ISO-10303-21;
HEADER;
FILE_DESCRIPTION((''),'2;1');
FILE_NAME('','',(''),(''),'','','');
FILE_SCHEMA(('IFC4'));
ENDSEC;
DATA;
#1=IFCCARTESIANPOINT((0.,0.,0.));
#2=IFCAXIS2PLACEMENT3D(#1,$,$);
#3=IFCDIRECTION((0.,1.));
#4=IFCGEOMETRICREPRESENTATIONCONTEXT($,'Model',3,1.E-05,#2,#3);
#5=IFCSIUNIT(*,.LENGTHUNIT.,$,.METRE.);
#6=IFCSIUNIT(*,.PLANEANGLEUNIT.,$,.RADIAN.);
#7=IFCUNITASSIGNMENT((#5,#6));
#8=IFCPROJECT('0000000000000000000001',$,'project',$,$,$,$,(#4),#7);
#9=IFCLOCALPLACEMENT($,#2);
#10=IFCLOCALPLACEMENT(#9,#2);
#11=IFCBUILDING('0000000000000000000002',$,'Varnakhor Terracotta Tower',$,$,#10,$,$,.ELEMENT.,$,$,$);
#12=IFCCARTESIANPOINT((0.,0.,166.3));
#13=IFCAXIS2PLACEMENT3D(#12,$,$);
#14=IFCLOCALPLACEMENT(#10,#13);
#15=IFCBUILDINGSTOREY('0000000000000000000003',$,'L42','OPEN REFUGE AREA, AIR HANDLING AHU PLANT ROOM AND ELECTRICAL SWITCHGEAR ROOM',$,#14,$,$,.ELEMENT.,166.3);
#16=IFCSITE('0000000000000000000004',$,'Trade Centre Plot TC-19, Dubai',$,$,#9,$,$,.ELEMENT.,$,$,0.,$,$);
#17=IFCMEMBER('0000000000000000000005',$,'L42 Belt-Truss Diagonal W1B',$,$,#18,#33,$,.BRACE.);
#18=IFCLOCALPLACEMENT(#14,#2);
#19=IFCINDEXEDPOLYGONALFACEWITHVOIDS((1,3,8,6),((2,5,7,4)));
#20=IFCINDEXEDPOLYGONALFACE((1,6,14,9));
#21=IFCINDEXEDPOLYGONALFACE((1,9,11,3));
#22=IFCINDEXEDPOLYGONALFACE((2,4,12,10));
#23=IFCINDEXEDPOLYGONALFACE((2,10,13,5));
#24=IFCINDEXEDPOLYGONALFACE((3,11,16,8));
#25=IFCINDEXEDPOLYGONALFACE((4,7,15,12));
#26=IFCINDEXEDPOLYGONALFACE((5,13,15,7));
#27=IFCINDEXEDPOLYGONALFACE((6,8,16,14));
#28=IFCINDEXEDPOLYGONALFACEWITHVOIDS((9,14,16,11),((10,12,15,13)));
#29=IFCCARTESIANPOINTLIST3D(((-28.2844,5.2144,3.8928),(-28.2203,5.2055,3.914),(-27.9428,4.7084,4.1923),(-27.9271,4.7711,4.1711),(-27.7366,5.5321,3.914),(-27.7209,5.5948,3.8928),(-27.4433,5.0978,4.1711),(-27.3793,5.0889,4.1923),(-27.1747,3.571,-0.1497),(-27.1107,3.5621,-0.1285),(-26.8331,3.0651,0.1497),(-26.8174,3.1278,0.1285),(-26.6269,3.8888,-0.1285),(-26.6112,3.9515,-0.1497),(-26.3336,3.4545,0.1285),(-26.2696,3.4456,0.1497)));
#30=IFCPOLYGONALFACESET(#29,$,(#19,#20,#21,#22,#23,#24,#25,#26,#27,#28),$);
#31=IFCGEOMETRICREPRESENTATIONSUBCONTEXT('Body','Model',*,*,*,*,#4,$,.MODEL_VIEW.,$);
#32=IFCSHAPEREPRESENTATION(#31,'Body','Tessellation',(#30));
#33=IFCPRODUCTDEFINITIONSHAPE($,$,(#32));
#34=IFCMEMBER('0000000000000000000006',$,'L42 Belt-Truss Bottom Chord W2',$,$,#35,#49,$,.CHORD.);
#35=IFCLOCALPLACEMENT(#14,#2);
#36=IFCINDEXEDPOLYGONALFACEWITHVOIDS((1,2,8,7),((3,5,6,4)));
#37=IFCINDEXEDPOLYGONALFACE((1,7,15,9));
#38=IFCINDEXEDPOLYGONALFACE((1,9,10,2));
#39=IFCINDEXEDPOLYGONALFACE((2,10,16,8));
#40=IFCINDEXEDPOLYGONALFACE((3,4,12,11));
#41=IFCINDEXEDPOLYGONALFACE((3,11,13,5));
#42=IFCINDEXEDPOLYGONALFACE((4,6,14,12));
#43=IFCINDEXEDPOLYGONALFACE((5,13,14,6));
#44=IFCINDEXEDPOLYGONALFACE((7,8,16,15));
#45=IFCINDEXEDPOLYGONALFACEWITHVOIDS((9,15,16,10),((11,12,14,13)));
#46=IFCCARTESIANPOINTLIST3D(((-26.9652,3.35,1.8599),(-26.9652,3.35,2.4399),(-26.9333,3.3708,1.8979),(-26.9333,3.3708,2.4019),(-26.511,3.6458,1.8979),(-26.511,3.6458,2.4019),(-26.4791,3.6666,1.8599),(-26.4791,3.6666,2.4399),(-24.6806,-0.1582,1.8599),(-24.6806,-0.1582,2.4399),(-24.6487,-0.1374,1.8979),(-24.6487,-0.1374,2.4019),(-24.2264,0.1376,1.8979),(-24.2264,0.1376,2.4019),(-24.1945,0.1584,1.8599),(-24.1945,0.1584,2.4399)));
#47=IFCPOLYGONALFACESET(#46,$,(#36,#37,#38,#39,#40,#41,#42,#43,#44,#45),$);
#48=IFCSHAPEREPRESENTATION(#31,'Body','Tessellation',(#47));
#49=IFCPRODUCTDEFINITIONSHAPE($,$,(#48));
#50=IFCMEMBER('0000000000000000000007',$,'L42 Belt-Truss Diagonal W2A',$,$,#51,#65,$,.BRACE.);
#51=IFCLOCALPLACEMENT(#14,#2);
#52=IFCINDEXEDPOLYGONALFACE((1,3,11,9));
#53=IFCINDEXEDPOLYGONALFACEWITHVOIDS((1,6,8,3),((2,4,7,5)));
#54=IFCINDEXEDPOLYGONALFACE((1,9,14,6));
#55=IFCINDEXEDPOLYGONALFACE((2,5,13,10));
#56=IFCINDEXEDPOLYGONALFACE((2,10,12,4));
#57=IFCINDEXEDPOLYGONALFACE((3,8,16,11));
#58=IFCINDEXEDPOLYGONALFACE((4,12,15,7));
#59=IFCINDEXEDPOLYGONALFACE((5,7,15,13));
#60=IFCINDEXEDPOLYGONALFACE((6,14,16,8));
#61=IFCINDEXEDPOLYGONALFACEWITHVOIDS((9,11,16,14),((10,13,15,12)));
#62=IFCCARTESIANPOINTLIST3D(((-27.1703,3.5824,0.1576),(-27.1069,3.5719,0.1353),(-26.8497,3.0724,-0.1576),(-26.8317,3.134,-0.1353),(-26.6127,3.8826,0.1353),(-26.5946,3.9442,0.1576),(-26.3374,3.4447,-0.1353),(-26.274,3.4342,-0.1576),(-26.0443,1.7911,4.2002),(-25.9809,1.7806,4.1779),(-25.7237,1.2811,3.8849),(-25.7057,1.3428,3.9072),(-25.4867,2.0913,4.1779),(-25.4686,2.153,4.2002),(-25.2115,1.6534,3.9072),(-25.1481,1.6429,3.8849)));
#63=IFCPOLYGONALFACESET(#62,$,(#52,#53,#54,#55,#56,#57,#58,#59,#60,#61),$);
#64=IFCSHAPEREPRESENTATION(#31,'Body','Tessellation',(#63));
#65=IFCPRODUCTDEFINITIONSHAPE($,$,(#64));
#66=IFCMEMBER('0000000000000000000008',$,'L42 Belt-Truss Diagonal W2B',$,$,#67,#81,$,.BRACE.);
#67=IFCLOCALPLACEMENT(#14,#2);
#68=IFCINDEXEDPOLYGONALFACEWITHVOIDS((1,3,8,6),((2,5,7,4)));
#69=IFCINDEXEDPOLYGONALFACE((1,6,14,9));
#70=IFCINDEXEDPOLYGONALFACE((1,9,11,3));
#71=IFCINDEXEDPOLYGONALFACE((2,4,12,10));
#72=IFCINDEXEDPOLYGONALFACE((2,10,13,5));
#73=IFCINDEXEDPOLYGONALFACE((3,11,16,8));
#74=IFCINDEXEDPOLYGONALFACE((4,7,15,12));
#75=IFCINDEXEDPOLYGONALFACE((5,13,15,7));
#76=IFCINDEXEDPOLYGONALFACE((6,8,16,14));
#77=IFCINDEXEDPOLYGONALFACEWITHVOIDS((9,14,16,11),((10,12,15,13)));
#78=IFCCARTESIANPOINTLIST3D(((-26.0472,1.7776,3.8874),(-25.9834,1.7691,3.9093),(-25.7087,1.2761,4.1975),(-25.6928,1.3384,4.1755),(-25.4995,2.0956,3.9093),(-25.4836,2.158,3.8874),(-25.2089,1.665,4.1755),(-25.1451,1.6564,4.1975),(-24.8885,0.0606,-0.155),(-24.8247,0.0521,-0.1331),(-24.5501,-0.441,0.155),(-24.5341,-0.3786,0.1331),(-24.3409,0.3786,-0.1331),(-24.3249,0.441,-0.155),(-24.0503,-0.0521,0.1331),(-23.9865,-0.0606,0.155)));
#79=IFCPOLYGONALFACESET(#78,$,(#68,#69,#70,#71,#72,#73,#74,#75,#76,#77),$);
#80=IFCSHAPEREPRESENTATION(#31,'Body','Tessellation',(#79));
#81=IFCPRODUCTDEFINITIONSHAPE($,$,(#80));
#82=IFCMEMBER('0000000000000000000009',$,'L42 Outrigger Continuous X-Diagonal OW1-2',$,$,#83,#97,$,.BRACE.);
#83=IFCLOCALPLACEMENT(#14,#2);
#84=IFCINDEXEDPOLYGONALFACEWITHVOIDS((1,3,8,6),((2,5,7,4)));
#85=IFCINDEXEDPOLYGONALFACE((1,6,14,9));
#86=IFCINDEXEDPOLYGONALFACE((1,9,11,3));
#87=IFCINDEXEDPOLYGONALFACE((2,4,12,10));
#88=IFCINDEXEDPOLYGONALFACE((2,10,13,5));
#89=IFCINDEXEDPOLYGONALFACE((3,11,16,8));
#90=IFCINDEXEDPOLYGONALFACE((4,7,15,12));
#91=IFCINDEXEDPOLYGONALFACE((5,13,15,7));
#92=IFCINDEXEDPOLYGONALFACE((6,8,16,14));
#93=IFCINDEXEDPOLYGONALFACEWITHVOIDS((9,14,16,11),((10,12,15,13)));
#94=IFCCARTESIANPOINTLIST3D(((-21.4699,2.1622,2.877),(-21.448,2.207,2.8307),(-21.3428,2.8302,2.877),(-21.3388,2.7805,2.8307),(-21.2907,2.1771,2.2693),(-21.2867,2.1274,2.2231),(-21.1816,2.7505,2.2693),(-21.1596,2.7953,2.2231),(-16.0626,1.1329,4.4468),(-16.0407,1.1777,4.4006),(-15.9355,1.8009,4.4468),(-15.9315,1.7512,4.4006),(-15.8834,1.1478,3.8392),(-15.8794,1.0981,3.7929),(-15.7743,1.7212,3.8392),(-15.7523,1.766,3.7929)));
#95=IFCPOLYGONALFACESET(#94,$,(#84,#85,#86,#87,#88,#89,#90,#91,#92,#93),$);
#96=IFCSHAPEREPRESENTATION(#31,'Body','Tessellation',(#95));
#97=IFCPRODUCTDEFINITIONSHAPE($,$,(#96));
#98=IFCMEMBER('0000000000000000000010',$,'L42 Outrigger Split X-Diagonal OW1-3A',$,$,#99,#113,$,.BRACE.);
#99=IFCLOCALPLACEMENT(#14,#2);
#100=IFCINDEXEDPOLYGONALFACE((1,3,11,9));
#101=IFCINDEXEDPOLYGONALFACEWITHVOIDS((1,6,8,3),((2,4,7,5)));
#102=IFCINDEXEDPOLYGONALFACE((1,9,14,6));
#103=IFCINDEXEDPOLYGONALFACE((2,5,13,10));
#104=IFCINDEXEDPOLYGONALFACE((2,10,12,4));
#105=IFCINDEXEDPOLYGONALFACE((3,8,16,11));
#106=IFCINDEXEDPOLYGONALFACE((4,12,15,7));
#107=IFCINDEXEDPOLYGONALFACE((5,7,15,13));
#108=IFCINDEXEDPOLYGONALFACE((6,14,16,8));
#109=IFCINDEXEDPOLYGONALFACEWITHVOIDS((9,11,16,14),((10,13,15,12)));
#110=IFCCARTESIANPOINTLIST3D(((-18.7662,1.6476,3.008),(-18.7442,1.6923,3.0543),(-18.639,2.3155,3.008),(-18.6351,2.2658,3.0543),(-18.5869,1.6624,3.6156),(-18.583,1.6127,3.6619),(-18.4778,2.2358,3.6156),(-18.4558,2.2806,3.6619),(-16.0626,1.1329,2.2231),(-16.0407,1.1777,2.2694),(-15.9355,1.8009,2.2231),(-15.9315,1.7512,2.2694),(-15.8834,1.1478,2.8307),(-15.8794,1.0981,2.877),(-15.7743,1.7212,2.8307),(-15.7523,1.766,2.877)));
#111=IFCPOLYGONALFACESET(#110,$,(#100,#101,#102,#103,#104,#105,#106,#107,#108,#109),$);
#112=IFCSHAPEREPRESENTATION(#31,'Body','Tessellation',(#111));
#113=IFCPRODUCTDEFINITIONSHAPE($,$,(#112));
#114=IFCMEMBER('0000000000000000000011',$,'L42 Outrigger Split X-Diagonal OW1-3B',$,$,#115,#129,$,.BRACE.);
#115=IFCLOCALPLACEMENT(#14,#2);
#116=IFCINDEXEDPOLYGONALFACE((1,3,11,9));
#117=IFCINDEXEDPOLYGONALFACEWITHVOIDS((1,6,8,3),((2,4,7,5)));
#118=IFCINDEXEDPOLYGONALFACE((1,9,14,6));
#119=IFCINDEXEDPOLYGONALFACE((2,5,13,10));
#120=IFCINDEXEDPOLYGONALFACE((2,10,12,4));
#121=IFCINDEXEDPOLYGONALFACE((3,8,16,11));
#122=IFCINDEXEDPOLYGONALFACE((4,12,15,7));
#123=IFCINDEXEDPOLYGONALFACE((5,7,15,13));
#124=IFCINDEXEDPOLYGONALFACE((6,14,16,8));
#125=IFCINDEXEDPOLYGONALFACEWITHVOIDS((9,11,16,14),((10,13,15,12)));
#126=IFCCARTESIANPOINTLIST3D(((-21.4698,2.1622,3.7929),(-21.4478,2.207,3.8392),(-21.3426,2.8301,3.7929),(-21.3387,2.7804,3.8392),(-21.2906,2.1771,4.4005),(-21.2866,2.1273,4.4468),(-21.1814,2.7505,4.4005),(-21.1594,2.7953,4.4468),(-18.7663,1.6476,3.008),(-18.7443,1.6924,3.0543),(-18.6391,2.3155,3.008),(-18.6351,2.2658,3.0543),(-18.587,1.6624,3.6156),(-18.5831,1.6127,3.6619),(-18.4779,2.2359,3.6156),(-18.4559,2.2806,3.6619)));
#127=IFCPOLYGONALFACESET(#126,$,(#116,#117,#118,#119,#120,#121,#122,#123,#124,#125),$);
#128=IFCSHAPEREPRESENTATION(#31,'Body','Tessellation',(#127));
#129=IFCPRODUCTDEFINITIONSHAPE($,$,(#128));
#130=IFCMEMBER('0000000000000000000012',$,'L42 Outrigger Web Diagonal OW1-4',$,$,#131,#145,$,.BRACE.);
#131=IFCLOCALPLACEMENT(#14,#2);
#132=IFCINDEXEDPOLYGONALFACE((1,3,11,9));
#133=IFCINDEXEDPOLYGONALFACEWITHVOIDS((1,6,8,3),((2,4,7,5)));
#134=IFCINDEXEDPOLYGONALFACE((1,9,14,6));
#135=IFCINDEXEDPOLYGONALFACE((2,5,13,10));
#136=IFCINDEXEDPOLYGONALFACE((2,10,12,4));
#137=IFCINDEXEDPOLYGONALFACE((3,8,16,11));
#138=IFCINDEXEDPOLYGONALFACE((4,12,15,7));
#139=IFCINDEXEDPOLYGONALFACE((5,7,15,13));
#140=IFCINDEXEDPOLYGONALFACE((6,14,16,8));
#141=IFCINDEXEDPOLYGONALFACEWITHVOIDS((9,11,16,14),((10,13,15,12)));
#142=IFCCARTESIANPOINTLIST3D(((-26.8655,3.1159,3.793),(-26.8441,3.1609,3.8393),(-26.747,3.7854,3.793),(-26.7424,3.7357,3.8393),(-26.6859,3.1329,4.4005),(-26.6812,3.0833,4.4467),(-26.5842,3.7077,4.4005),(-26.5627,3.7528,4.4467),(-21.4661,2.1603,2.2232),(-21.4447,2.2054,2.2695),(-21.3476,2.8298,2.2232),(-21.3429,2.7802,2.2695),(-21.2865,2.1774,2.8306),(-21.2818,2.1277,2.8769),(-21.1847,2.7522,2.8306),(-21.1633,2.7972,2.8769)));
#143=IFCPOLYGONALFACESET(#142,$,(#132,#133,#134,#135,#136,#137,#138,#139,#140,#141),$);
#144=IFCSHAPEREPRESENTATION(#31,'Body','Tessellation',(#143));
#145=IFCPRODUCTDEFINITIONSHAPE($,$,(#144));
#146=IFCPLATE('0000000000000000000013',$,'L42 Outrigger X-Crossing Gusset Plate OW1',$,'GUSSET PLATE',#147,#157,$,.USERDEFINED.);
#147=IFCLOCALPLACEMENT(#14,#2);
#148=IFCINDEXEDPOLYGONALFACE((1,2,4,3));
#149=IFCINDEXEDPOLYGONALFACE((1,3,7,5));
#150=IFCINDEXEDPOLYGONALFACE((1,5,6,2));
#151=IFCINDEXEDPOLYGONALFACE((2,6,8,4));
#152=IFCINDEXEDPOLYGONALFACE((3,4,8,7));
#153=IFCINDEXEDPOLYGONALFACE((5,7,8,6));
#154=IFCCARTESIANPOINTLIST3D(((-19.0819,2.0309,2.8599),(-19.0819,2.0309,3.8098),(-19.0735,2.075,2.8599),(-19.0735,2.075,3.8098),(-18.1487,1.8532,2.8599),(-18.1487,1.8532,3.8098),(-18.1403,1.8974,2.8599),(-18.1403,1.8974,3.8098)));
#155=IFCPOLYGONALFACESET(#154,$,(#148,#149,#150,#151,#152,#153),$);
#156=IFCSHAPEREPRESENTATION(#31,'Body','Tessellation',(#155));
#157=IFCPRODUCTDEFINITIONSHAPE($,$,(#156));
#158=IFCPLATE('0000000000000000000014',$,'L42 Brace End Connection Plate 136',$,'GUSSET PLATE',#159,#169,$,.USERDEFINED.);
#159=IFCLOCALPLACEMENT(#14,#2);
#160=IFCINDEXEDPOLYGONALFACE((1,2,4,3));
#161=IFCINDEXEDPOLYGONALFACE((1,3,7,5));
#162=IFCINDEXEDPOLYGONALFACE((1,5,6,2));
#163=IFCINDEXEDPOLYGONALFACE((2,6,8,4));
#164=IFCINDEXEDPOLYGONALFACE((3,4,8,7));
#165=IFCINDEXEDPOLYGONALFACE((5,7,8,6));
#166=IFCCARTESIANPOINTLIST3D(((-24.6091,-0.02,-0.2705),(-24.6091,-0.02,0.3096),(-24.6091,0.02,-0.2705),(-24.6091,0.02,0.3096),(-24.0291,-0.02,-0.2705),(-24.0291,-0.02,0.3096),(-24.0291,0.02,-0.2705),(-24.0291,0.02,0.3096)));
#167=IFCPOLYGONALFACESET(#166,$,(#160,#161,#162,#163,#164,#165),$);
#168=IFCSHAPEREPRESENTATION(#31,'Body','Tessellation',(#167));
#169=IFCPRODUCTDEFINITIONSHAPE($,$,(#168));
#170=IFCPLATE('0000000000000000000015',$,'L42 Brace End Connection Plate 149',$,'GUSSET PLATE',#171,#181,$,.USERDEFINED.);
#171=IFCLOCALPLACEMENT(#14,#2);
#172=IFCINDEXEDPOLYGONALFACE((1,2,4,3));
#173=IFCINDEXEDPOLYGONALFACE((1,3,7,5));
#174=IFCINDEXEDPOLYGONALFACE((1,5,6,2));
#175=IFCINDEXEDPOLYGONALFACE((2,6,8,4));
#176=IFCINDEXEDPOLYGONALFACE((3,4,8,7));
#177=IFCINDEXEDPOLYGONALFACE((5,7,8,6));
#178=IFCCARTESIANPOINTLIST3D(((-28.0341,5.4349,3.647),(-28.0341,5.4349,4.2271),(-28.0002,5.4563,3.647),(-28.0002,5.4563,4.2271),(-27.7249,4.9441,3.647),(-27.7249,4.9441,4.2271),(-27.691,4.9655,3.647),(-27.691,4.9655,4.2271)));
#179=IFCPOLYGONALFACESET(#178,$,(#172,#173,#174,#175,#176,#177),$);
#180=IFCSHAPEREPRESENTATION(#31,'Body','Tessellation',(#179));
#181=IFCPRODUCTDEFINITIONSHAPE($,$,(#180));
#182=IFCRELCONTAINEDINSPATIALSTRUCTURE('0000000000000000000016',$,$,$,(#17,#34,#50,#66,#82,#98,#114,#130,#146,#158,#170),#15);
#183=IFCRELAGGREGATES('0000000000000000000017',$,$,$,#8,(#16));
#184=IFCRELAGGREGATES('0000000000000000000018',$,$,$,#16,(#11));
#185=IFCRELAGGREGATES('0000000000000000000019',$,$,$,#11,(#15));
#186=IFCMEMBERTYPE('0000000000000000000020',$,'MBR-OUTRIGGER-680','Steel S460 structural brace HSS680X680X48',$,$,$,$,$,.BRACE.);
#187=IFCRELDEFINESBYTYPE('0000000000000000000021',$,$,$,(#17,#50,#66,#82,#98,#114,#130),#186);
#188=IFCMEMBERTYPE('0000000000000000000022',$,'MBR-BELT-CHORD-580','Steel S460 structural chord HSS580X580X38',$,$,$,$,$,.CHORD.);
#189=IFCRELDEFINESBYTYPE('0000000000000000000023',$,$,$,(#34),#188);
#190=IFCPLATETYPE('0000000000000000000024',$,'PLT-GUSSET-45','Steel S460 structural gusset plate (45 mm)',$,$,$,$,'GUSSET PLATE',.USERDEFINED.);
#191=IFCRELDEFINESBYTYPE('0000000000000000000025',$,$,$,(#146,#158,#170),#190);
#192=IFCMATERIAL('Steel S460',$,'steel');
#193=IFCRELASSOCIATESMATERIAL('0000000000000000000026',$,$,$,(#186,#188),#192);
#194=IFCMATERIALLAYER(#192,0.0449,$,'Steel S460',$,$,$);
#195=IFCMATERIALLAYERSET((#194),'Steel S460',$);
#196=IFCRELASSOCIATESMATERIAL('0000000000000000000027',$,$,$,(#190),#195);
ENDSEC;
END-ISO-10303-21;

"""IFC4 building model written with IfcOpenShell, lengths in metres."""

from ifc_helpers import new_model, si_unit, direction, frame, origin, origin_2d, place, context, subcontext, project, spatial, rectangle, hollow_rectangle, extrude, source, transform, mapped, material, layer, layer_set, material_profile, profile_set, type_object, type_shapes, element, save


model = new_model("IFC4")

# Units and contexts
model_context = context("Model", 3, precision=1e-05, world=origin(), true_north=direction((0.0, 1.0)))
body_context = subcontext(model_context, "Body", "Model", "MODEL_VIEW")
ifc_project = project(units=[si_unit("LENGTHUNIT", "METRE"), si_unit("PLANEANGLEUNIT", "RADIAN")], contexts=[model_context])

# Site, building, storey
site_placement = place(None, origin())
site = spatial("IfcSite", under=ifc_project, at=site_placement, Name="Trade Centre Plot TC-19, Dubai", CompositionType="ELEMENT", RefElevation=0.0)
building_placement = place(site_placement, origin())
building = spatial("IfcBuilding", under=site, at=building_placement, Name="Varnakhor Terracotta Tower", CompositionType="ELEMENT")
storey_placement = place(building_placement, frame((0.0, 0.0, 166.3)))
storey = spatial("IfcBuildingStorey", under=building, at=storey_placement, Name="L42", Description="OPEN REFUGE AREA, AIR HANDLING AHU PLANT ROOM AND ELECTRICAL SWITCHGEAR ROOM", CompositionType="ELEMENT", Elevation=166.3)

# Shared definitions
ifc_material_1 = material(Name="Steel S460", Category="steel")

# Members
ifc_material_profile_1 = material_profile(ifc_material_1, hollow_rectangle(XDim=0.6799, YDim=0.6799, WallThickness=0.0481, at=origin_2d()), Name="HSS680X680X48")
ifc_profile_set_1 = profile_set([ifc_material_profile_1], Name="Steel S460")
member_type_1 = type_object("IfcMemberType", Name="MBR-OUTRIGGER-680", Description="Steel S460 structural brace HSS680X680X48", PredefinedType="BRACE", material=ifc_profile_set_1)
ifc_material_profile_2 = material_profile(ifc_material_1, hollow_rectangle(XDim=0.5801, YDim=0.5801, WallThickness=0.0381, at=origin_2d()), Name="HSS580X580X38")
ifc_profile_set_2 = profile_set([ifc_material_profile_2], Name="Steel S460")
member_type_2 = type_object("IfcMemberType", Name="MBR-BELT-CHORD-580", Description="Steel S460 structural chord HSS580X580X38", PredefinedType="CHORD", material=ifc_profile_set_2)
shared_shape_1 = source(origin(), body_context, "Body", "SweptSolid", [
    extrude(hollow_rectangle(XDim=0.6799, YDim=0.6799, WallThickness=0.0481, at=origin_2d()), origin(), (0.0, 0.0, 1.0), 4.5027),
])
member_1_placement = place(storey_placement, frame((-26.7222, 3.5083, 0.0), z_axis=(-0.24644, 0.36497, 0.897811), x_axis=(-0.828759, -0.559606, 0.0)))
element("IfcMember", 1, at=member_1_placement, inside=storey, type_object=member_type_1, Name="L42 Belt-Truss Diagonal W1B", PredefinedType="BRACE", context=body_context, shape_type="MappedRepresentation", body=[
    mapped(shared_shape_1, transform((0.0, 0.0, 0.0), scale=1.0)),
])
shared_shape_2 = source(origin(), body_context, "Body", "SweptSolid", [
    extrude(hollow_rectangle(XDim=0.5801, YDim=0.5801, WallThickness=0.0381, at=origin_2d()), origin(), (0.0, 0.0, 1.0), 4.1865),
])
member_2_placement = place(storey_placement, frame((-26.7222, 3.5083, 2.1499), z_axis=(0.545706, -0.837977, 0.0), x_axis=(0.837977, 0.545706, 0.0)))
element("IfcMember", 2, at=member_2_placement, inside=storey, type_object=member_type_2, Name="L42 Belt-Truss Bottom Chord W2", PredefinedType="CHORD", context=body_context, shape_type="MappedRepresentation", body=[
    mapped(shared_shape_2, transform((0.0, 0.0, 0.0), scale=1.0)),
])
shared_shape_3 = source(origin(), body_context, "Body", "SweptSolid", [
    extrude(hollow_rectangle(XDim=0.6799, YDim=0.6799, WallThickness=0.0481, at=origin_2d()), origin(), (0.0, 0.0, 1.0), 4.5627),
])
member_3_placement = place(storey_placement, frame((-26.7222, 3.5083, 0.0), z_axis=(0.246779, -0.392589, 0.885987), x_axis=(0.846628, 0.532186, 0.0)))
element("IfcMember", 3, at=member_3_placement, inside=storey, type_object=member_type_1, Name="L42 Belt-Truss Diagonal W2A", PredefinedType="BRACE", context=body_context, shape_type="MappedRepresentation", body=[
    mapped(shared_shape_3, transform((0.0, 0.0, 0.0), scale=1.0)),
])
shared_shape_4 = source(origin(), body_context, "Body", "SweptSolid", [
    extrude(hollow_rectangle(XDim=0.6799, YDim=0.6799, WallThickness=0.0481, at=origin_2d()), origin(), (0.0, 0.0, 1.0), 4.5422),
])
member_4_placement = place(storey_placement, frame((-24.4375, 0.0, 0.0), z_axis=(-0.255089, 0.378012, 0.889964), x_axis=(-0.828918, -0.55937, 0.0)))
element("IfcMember", 4, at=member_4_placement, inside=storey, type_object=member_type_1, Name="L42 Belt-Truss Diagonal W2B", PredefinedType="BRACE", context=body_context, shape_type="MappedRepresentation", body=[
    mapped(shared_shape_4, transform((0.0, 0.0, 0.0), scale=1.0)),
])
shared_shape_5 = source(origin(), body_context, "Body", "SweptSolid", [
    extrude(hollow_rectangle(XDim=0.6799, YDim=0.6799, WallThickness=0.0481, at=origin_2d()), origin(), (0.0, 0.0, 1.0), 5.7239),
])
member_5_placement = place(storey_placement, frame((-15.9075, 1.4495, 4.1199), z_axis=(-0.944692, 0.179828, -0.274263), x_axis=(-0.186998, -0.98236, 0.0)))
element("IfcMember", 5, at=member_5_placement, inside=storey, type_object=member_type_1, Name="L42 Outrigger Continuous X-Diagonal OW1-2", PredefinedType="BRACE", context=body_context, shape_type="MappedRepresentation", body=[
    mapped(shared_shape_5, transform((0.0, 0.0, 0.0), scale=1.0)),
])
shared_shape_6 = source(origin(), body_context, "Body", "SweptSolid", [
    extrude(hollow_rectangle(XDim=0.6799, YDim=0.6799, WallThickness=0.0481, at=origin_2d()), origin(), (0.0, 0.0, 1.0), 2.8618),
])
for number, where, z_axis, x_axis, name in (
    (6, (-15.9075, 1.4495, 2.55), (-0.944692, 0.179828, 0.274263), (-0.186998, -0.98236, 0.0), "L42 Outrigger Split X-Diagonal OW1-3A"),
    (7, (-18.6111, 1.9641, 3.335), (-0.944692, 0.179828, 0.274263), (-0.186998, -0.98236, 0.0), "L42 Outrigger Split X-Diagonal OW1-3B"),
):
    element("IfcMember", number, at=place(storey_placement, frame(where, z_axis=z_axis, x_axis=x_axis)), inside=storey, type_object=member_type_1, Name=name, PredefinedType="BRACE", context=body_context, shape_type="MappedRepresentation", body=[
        mapped(shared_shape_6, transform((0.0, 0.0, 0.0), scale=1.0)),
    ])
shared_shape_7 = source(origin(), body_context, "Body", "SweptSolid", [
    extrude(hollow_rectangle(XDim=0.6799, YDim=0.6799, WallThickness=0.0481, at=origin_2d()), origin(), (0.0, 0.0, 1.0), 5.7036),
])
member_6_placement = place(storey_placement, frame((-21.3147, 2.4788, 2.55), z_axis=(-0.946667, 0.167537, 0.275234), x_axis=(-0.174268, -0.984698, 0.0)))
element("IfcMember", 8, at=member_6_placement, inside=storey, type_object=member_type_1, Name="L42 Outrigger Web Diagonal OW1-4", PredefinedType="BRACE", context=body_context, shape_type="MappedRepresentation", body=[
    mapped(shared_shape_7, transform((0.0, 0.0, 0.0), scale=1.0)),
])

# Plates
ifc_layer = layer(ifc_material_1, 0.0449, Name="Steel S460")
ifc_layer_set = layer_set([ifc_layer], Name="Steel S460")
plate_type = type_object("IfcPlateType", Name="PLT-GUSSET-45", Description="Steel S460 structural gusset plate (45 mm)", ElementType="GUSSET PLATE", PredefinedType="USERDEFINED", material=ifc_layer_set)
shared_shape_8 = source(origin(), body_context, "Body", "SweptSolid", [
    extrude(rectangle(XDim=0.95, YDim=0.0449, at=origin_2d()), origin(), (0.0, 0.0, 1.0), 0.95),
])
type_shapes(plate_type, [shared_shape_8])
plate_placement = place(storey_placement, frame((-18.6111, 1.9641, 2.8599), z_axis=(0.0, 0.0, 1.0), x_axis=(-0.982359, 0.187004, 0.0)))
element("IfcPlate", 9, at=plate_placement, inside=storey, type_object=plate_type, Name="L42 Outrigger X-Crossing Gusset Plate OW1", ObjectType="GUSSET PLATE", PredefinedType="USERDEFINED", context=body_context, shape_type="MappedRepresentation", body=[
    mapped(shared_shape_8, transform((0.0, 0.0, 0.0), scale=1.0)),
])
shared_shape_9 = source(origin(), body_context, "Body", "SweptSolid", [
    extrude(rectangle(XDim=0.5801, YDim=0.04, at=origin_2d()), origin(), (0.0, 0.0, 1.0), 0.5801),
])
for number, where, z_axis, x_axis, name in (
    (10, (-24.3191, 0.0, -0.2705), (0.0, 0.0, 1.0), (1.0, 0.0, 0.0), "L42 Brace End Connection Plate 136"),
    (11, (-27.8625, 5.2002, 3.647), (0.0, 0.0, 1.0), (0.533127, -0.846035, 0.0), "L42 Brace End Connection Plate 149"),
):
    element("IfcPlate", number, at=place(storey_placement, frame(where, z_axis=z_axis, x_axis=x_axis)), inside=storey, type_object=plate_type, Name=name, ObjectType="GUSSET PLATE", PredefinedType="USERDEFINED", context=body_context, shape_type="MappedRepresentation", body=[
        mapped(shared_shape_9, transform((0.0, 0.0, 0.0), scale=1.0)),
    ])

save(model, "model.ifc")
